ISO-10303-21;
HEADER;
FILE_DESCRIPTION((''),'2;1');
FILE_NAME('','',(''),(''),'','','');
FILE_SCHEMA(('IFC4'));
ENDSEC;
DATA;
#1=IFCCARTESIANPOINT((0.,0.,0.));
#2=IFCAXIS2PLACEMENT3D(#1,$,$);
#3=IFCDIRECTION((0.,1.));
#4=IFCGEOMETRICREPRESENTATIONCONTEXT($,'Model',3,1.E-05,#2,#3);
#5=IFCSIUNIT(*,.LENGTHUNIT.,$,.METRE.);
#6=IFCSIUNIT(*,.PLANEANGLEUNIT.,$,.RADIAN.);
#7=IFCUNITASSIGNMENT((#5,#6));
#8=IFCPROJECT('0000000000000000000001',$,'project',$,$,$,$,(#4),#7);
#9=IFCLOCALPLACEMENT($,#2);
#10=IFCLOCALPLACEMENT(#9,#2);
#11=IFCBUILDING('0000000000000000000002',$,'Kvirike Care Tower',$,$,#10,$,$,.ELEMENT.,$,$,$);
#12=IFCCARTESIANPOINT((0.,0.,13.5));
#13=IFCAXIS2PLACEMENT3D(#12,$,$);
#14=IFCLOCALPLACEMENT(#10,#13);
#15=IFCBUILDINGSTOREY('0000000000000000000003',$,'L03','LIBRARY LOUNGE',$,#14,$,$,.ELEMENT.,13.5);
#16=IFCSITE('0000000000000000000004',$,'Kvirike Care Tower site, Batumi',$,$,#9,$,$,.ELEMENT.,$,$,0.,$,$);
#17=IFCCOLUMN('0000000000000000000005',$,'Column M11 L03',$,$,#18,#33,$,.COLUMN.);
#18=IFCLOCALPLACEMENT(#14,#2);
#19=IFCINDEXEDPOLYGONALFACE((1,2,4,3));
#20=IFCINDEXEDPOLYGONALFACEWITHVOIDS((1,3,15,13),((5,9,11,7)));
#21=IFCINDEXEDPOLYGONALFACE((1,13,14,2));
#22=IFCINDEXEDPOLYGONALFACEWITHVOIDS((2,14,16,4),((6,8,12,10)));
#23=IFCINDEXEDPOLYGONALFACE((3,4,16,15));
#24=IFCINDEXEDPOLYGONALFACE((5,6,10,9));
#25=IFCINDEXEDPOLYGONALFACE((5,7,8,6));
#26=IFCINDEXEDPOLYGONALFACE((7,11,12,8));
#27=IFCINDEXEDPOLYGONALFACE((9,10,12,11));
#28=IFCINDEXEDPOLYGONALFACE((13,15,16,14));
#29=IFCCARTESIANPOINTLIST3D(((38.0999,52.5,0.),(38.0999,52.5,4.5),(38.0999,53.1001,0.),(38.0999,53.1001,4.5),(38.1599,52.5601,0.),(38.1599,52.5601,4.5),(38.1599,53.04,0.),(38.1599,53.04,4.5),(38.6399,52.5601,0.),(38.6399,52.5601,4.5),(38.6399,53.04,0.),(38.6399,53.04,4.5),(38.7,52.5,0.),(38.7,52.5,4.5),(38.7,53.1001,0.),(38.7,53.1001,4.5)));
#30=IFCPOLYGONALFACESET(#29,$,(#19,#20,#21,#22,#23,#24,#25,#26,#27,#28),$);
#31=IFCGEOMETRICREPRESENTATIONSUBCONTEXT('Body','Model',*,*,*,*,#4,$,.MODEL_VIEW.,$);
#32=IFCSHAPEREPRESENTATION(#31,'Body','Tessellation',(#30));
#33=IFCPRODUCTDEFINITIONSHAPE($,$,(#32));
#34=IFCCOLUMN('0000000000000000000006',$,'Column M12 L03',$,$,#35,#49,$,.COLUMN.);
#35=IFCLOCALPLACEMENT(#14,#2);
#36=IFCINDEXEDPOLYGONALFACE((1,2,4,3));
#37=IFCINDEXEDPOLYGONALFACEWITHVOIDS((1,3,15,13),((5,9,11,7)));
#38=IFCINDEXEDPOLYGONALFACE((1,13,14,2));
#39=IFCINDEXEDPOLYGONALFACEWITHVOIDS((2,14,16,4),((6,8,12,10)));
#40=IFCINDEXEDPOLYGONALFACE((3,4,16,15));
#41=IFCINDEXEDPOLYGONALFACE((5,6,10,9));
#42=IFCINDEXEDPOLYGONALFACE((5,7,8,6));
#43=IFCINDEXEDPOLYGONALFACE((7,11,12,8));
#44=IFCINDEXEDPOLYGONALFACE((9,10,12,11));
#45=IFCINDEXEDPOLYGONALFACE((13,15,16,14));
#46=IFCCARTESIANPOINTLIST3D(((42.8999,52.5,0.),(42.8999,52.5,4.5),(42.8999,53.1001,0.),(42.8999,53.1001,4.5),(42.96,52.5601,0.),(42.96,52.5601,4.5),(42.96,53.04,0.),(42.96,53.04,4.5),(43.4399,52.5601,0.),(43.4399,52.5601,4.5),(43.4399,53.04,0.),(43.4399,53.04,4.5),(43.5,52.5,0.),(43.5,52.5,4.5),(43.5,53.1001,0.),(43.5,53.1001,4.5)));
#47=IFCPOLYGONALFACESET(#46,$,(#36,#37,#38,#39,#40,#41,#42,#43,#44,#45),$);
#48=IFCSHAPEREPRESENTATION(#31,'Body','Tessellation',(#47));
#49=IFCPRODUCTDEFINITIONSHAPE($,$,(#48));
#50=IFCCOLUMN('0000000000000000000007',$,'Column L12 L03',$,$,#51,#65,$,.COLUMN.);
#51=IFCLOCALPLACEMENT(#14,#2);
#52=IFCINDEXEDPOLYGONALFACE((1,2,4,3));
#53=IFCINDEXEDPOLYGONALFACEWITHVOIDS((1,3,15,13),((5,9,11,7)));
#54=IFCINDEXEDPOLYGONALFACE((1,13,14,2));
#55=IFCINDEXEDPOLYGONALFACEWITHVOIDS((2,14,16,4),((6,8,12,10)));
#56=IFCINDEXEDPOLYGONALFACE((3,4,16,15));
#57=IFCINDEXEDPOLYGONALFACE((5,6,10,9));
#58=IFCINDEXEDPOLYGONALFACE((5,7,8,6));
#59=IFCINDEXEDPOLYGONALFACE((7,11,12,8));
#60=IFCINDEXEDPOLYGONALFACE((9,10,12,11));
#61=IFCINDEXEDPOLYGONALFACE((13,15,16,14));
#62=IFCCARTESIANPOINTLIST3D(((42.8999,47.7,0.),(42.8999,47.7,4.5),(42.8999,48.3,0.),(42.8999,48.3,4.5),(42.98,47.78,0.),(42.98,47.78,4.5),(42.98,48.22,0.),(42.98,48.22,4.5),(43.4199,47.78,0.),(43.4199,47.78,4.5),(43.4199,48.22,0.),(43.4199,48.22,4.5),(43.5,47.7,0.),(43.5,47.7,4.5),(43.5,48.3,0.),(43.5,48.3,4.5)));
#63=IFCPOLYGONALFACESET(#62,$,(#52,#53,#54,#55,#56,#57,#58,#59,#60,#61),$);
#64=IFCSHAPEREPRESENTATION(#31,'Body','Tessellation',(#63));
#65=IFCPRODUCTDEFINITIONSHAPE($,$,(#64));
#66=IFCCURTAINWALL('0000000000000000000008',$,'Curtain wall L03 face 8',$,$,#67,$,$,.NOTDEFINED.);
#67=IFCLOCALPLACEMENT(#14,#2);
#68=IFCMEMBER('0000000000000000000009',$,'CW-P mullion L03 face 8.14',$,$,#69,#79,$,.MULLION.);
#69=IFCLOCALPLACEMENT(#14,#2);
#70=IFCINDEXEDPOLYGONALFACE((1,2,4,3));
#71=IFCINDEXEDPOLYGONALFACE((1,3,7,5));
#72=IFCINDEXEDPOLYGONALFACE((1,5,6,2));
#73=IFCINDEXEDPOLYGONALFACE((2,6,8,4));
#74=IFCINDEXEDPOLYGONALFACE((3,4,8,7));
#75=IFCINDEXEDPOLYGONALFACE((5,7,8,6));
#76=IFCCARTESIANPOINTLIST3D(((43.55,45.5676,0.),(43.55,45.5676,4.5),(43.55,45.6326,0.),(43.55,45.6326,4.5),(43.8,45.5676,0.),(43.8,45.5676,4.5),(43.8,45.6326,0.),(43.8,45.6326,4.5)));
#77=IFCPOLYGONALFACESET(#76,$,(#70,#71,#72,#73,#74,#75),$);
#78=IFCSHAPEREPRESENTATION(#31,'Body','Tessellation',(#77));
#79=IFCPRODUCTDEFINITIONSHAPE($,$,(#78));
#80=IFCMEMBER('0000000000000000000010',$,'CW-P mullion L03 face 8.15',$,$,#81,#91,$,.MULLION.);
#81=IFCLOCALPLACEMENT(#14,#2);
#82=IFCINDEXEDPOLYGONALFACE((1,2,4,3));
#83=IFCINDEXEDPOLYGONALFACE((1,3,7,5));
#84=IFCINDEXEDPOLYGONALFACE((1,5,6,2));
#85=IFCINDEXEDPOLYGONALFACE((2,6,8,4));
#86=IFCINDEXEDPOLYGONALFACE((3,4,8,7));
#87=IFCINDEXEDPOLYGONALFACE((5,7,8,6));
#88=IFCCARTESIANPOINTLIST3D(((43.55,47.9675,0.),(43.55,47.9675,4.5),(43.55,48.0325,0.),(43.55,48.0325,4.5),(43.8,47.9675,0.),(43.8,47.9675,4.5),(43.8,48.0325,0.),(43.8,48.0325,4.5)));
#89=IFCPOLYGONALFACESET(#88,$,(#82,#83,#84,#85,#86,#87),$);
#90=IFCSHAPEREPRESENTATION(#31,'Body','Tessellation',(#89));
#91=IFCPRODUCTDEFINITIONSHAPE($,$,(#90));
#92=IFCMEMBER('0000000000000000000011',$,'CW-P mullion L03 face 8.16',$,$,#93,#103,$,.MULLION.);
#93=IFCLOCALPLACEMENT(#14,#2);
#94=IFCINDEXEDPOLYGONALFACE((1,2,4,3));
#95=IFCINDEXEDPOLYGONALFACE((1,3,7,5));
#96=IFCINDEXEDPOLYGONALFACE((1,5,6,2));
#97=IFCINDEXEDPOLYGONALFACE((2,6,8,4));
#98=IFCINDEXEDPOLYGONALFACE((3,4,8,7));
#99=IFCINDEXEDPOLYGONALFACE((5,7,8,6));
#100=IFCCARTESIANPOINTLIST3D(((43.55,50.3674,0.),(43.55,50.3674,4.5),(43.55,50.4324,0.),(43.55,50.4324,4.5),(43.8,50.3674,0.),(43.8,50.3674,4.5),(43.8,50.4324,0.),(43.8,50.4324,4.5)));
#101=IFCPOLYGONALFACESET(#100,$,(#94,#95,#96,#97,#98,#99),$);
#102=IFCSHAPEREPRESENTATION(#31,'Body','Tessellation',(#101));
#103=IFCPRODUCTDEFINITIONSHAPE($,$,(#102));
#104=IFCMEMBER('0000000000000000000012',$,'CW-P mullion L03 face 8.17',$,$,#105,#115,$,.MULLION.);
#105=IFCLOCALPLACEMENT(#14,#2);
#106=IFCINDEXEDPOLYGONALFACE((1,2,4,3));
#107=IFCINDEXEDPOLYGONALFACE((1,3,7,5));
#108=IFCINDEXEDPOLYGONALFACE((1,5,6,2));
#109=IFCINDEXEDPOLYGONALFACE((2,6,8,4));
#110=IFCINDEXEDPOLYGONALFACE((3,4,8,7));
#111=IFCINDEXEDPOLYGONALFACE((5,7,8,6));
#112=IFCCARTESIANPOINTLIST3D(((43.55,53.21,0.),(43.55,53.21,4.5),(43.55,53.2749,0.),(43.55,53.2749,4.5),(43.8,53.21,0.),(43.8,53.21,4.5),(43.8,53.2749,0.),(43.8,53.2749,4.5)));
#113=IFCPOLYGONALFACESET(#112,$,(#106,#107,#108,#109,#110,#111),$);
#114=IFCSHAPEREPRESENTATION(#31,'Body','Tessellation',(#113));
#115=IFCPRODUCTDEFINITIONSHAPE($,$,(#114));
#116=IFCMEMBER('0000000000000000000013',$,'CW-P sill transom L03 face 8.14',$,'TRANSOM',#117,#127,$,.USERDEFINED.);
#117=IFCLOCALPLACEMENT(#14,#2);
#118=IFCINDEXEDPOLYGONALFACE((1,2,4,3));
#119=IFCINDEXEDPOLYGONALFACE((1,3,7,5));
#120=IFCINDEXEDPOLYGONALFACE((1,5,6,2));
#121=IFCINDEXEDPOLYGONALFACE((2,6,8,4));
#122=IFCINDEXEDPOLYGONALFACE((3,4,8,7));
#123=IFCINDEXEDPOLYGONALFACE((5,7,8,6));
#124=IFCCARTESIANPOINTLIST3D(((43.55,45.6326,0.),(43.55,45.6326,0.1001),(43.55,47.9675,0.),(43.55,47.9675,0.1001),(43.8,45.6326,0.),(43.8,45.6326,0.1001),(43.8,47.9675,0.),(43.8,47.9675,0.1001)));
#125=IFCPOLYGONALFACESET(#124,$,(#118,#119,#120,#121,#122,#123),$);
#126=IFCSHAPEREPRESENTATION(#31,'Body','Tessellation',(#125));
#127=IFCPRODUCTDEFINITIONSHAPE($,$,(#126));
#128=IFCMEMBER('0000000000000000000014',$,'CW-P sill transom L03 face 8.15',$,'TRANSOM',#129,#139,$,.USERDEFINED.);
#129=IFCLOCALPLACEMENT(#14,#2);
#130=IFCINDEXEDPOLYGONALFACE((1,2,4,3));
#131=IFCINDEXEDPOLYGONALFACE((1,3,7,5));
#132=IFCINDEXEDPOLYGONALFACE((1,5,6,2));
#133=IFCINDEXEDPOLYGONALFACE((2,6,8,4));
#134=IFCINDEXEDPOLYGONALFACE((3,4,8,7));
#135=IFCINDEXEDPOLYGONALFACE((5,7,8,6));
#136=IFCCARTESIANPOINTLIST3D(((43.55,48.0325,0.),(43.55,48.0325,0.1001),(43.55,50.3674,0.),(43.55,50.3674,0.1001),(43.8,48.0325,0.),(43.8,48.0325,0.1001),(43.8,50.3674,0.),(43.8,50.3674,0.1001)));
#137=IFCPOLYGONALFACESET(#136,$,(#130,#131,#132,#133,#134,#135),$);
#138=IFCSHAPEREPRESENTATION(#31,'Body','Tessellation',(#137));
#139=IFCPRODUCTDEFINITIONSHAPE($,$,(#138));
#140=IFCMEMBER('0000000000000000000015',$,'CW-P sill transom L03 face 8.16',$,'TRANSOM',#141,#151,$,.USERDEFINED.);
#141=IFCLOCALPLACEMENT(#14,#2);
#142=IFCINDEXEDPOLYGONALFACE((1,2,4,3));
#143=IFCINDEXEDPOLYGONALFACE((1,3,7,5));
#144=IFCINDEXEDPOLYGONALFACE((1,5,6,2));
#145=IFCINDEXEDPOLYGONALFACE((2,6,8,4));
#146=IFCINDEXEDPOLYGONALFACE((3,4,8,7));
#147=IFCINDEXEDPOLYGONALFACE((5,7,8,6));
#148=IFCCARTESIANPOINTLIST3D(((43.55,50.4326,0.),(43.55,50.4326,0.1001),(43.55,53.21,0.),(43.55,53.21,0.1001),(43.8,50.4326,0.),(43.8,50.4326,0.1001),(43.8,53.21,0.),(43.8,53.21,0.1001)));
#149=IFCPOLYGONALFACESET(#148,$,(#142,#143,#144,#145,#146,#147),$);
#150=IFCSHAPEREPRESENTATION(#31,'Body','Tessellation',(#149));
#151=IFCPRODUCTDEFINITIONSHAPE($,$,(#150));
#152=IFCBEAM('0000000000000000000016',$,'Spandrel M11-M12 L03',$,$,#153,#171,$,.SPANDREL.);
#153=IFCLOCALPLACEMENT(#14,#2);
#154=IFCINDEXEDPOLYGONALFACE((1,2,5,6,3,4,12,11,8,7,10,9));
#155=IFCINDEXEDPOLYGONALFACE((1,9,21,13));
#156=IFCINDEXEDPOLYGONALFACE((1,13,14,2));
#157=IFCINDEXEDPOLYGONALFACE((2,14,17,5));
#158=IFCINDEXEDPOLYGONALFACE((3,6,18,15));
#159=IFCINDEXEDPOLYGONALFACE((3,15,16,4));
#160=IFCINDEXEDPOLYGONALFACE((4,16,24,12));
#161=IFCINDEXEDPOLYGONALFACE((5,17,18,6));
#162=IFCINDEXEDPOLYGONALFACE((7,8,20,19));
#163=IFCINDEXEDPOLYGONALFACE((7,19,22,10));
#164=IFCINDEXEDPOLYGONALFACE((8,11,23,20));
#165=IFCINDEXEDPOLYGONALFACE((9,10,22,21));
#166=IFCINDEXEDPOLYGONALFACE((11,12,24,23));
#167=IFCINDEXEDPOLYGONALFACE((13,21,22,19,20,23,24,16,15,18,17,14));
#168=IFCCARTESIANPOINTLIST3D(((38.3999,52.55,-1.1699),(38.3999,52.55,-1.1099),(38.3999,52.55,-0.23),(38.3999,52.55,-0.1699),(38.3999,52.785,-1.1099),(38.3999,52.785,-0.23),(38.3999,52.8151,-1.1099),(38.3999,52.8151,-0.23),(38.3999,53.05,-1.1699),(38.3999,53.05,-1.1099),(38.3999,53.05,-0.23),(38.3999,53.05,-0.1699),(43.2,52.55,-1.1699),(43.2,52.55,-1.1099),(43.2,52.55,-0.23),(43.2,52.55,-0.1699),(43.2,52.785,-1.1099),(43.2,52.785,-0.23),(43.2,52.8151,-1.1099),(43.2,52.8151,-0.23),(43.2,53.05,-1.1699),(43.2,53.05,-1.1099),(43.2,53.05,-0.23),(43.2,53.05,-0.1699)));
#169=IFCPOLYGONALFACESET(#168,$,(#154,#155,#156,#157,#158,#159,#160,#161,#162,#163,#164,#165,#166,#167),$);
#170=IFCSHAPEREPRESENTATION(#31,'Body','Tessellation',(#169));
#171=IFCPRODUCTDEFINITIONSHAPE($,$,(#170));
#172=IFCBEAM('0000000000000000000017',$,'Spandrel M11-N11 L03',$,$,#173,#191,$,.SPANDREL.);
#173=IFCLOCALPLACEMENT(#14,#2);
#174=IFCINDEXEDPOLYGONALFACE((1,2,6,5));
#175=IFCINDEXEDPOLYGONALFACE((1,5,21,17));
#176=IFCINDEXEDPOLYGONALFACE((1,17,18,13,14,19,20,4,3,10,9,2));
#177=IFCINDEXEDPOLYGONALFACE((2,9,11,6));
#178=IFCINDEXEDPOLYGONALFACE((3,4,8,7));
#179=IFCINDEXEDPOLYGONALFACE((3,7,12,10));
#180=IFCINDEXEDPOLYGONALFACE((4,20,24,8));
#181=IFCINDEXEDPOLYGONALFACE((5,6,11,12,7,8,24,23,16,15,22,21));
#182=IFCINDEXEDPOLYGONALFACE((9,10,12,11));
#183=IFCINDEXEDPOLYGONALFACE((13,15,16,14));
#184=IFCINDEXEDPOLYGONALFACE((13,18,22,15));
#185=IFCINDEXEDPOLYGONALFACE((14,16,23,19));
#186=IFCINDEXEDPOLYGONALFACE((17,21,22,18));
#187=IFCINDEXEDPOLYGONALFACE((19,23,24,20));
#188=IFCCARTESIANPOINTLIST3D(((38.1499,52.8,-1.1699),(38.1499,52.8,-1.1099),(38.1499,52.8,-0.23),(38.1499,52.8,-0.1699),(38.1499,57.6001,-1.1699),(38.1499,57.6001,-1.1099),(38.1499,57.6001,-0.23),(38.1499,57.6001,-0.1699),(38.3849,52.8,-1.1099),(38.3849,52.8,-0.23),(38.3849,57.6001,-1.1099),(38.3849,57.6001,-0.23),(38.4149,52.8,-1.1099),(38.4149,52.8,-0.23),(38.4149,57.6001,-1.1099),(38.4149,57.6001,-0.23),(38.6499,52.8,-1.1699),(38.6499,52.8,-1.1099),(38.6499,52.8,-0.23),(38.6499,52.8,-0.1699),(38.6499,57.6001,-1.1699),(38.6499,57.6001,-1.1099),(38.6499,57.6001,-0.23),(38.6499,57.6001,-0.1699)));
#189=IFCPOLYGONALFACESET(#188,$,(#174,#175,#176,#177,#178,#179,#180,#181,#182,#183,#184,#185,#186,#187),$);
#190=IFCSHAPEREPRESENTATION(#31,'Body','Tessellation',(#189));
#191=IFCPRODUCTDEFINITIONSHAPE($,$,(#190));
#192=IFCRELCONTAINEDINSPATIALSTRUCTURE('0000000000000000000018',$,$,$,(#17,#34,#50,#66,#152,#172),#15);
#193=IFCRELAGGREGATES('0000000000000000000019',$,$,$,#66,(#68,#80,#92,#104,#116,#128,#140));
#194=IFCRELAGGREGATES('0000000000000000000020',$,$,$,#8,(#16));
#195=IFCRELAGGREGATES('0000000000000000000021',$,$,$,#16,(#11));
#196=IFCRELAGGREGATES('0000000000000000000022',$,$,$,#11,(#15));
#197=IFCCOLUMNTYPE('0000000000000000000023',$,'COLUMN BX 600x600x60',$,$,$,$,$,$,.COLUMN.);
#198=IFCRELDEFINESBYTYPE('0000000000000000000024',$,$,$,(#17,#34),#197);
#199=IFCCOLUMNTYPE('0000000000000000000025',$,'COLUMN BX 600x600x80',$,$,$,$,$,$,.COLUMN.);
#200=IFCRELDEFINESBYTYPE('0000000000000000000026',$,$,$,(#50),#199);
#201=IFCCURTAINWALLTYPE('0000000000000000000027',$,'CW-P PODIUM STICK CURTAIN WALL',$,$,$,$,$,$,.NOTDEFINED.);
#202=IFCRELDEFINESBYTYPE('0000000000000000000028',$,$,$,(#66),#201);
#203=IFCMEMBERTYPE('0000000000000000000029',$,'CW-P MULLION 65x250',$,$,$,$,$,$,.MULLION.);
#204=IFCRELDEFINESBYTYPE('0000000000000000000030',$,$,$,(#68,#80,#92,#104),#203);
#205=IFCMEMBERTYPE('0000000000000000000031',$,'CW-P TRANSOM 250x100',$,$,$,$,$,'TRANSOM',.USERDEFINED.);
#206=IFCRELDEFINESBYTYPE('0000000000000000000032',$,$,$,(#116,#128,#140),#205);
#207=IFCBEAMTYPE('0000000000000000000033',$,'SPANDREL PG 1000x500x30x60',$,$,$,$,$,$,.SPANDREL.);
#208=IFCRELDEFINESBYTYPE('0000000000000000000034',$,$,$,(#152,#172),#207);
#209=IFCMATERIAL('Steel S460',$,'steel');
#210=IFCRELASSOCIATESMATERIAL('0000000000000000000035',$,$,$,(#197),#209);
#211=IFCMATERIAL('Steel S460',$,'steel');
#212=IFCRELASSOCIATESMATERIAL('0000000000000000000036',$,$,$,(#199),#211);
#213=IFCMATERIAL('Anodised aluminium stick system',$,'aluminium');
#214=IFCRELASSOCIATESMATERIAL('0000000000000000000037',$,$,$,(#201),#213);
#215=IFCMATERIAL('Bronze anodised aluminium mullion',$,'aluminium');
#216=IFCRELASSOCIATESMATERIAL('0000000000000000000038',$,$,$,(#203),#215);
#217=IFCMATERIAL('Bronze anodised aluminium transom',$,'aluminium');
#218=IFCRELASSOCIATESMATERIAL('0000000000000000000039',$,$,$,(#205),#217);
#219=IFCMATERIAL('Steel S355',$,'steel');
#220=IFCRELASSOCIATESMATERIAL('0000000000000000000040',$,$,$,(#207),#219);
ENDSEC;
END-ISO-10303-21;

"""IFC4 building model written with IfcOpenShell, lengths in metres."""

from ifc_helpers import new_model, si_unit, direction, frame, origin, origin_2d, place, context, subcontext, project, spatial, rectangle, hollow_rectangle, i_section, extrude, material, material_profile, profile_set, type_object, element, aggregate, save


model = new_model("IFC4")

# Units and contexts
model_context = context("Model", 3, precision=1e-05, world=origin(), true_north=direction((0.0, 1.0)))
body_context = subcontext(model_context, "Body", "Model", "MODEL_VIEW")
ifc_project = project(units=[si_unit("LENGTHUNIT", "METRE"), si_unit("PLANEANGLEUNIT", "RADIAN")], contexts=[model_context])

# Site, building, storey
site_placement = place(None, origin())
site = spatial("IfcSite", under=ifc_project, at=site_placement, Name="Kvirike Care Tower site, Batumi", CompositionType="ELEMENT", RefElevation=0.0)
building_placement = place(site_placement, origin())
building = spatial("IfcBuilding", under=site, at=building_placement, Name="Kvirike Care Tower", CompositionType="ELEMENT")
storey_placement = place(building_placement, frame((0.0, 0.0, 13.5)))
storey = spatial("IfcBuildingStorey", under=building, at=storey_placement, Name="L03", Description="LIBRARY LOUNGE", CompositionType="ELEMENT", Elevation=13.5)

# Columns
ifc_material_1 = material(Name="Steel S460", Category="steel")
ifc_material_profile_1 = material_profile(ifc_material_1, hollow_rectangle(XDim=0.6001, YDim=0.6001, WallThickness=0.0601, at=origin_2d()), Name="BX 600x600x60")
ifc_profile_set_1 = profile_set([ifc_material_profile_1], Name="Steel S460")
column_type_1 = type_object("IfcColumnType", Name="COLUMN BX 600x600x60", PredefinedType="COLUMN", material=ifc_profile_set_1)
for number, where, z_axis, x_axis, name in (
    (1, (38.3999, 52.8, 0.0), (0.0, 0.0, 1.0), (0.0, 1.0, 0.0), "Column M11 L03"),
    (2, (43.2, 52.8, 0.0), (0.0, 0.0, 1.0), (0.0, 1.0, 0.0), "Column M12 L03"),
):
    element("IfcColumn", number, at=place(storey_placement, frame(where, z_axis=z_axis, x_axis=x_axis)), inside=storey, type_object=column_type_1, Name=name, PredefinedType="COLUMN", context=body_context, shape_type="SweptSolid", body=[
        extrude(hollow_rectangle(XDim=0.6001, YDim=0.6001, WallThickness=0.0601, at=origin_2d()), origin(), (0.0, 0.0, 1.0), 4.5),
    ])
ifc_material_2 = material(Name="Steel S460", Category="steel")
ifc_material_profile_2 = material_profile(ifc_material_2, hollow_rectangle(XDim=0.6001, YDim=0.6001, WallThickness=0.0801, at=origin_2d()), Name="BX 600x600x80")
ifc_profile_set_2 = profile_set([ifc_material_profile_2], Name="Steel S460")
column_type_2 = type_object("IfcColumnType", Name="COLUMN BX 600x600x80", PredefinedType="COLUMN", material=ifc_profile_set_2)
column_placement = place(storey_placement, frame((43.2, 48.0, 0.0), z_axis=(0.0, 0.0, 1.0), x_axis=(1.0, 0.0, 0.0)))
element("IfcColumn", 3, at=column_placement, inside=storey, type_object=column_type_2, Name="Column L12 L03", PredefinedType="COLUMN", context=body_context, shape_type="SweptSolid", body=[
    extrude(hollow_rectangle(XDim=0.6001, YDim=0.6001, WallThickness=0.0801, at=origin_2d()), origin(), (0.0, 0.0, 1.0), 4.5),
])

# Curtain wall, members
ifc_material_3 = material(Name="Anodised aluminium stick system", Category="aluminium")
curtain_wall_type = type_object("IfcCurtainWallType", Name="CW-P PODIUM STICK CURTAIN WALL", PredefinedType="NOTDEFINED", material=ifc_material_3)
curtain_wall_placement = place(storey_placement, origin())
curtain_wall = element("IfcCurtainWall", 4, at=curtain_wall_placement, inside=storey, type_object=curtain_wall_type, Name="Curtain wall L03 face 8", PredefinedType="NOTDEFINED")
ifc_material_4 = material(Name="Bronze anodised aluminium mullion", Category="aluminium")
ifc_material_profile_3 = material_profile(ifc_material_4, rectangle(XDim=0.0649, YDim=0.25, at=origin_2d()), Name="CW-P MULLION 65x250")
ifc_profile_set_3 = profile_set([ifc_material_profile_3], Name="Bronze anodised aluminium mullion")
member_type_1 = type_object("IfcMemberType", Name="CW-P MULLION 65x250", PredefinedType="MULLION", material=ifc_profile_set_3)
member_1_placement = place(storey_placement, frame((43.675, 45.6001, 0.0), z_axis=(0.0, 0.0, 1.0), x_axis=(0.0, 1.0, 0.0)))
member_1 = element("IfcMember", 5, at=member_1_placement, type_object=member_type_1, Name="CW-P mullion L03 face 8.14", PredefinedType="MULLION", context=body_context, shape_type="SweptSolid", body=[
    extrude(rectangle(XDim=0.0649, YDim=0.25, at=origin_2d()), origin(), (0.0, 0.0, 1.0), 4.5),
])
member_2_placement = place(storey_placement, frame((43.675, 48.0, 0.0), z_axis=(0.0, 0.0, 1.0), x_axis=(0.0, 1.0, 0.0)))
member_2 = element("IfcMember", 6, at=member_2_placement, type_object=member_type_1, Name="CW-P mullion L03 face 8.15", PredefinedType="MULLION", context=body_context, shape_type="SweptSolid", body=[
    extrude(rectangle(XDim=0.0649, YDim=0.25, at=origin_2d()), origin(), (0.0, 0.0, 1.0), 4.5),
])
member_3_placement = place(storey_placement, frame((43.675, 50.3999, 0.0), z_axis=(0.0, 0.0, 1.0), x_axis=(0.0, 1.0, 0.0)))
member_3 = element("IfcMember", 7, at=member_3_placement, type_object=member_type_1, Name="CW-P mullion L03 face 8.16", PredefinedType="MULLION", context=body_context, shape_type="SweptSolid", body=[
    extrude(rectangle(XDim=0.0649, YDim=0.25, at=origin_2d()), origin(), (0.0, 0.0, 1.0), 4.5),
])
member_4_placement = place(storey_placement, frame((43.675, 53.2424, 0.0), z_axis=(0.0, 0.0, 1.0), x_axis=(0.0, 1.0, 0.0)))
member_4 = element("IfcMember", 8, at=member_4_placement, type_object=member_type_1, Name="CW-P mullion L03 face 8.17", PredefinedType="MULLION", context=body_context, shape_type="SweptSolid", body=[
    extrude(rectangle(XDim=0.0649, YDim=0.25, at=origin_2d()), origin(), (0.0, 0.0, 1.0), 4.5),
])
ifc_material_5 = material(Name="Bronze anodised aluminium transom", Category="aluminium")
ifc_material_profile_4 = material_profile(ifc_material_5, rectangle(XDim=0.25, YDim=0.1001, at=origin_2d()), Name="CW-P TRANSOM 250x100")
ifc_profile_set_4 = profile_set([ifc_material_profile_4], Name="Bronze anodised aluminium transom")
member_type_2 = type_object("IfcMemberType", Name="CW-P TRANSOM 250x100", ElementType="TRANSOM", PredefinedType="USERDEFINED", material=ifc_profile_set_4)
member_5_placement = place(storey_placement, frame((43.675, 45.6326, 0.05), z_axis=(0.0, 1.0, 0.0), x_axis=(-1.0, 0.0, 0.0)))
member_5 = element("IfcMember", 9, at=member_5_placement, type_object=member_type_2, Name="CW-P sill transom L03 face 8.14", ObjectType="TRANSOM", PredefinedType="USERDEFINED", context=body_context, shape_type="SweptSolid", body=[
    extrude(rectangle(XDim=0.25, YDim=0.1001, at=origin_2d()), origin(), (0.0, 0.0, 1.0), 2.335),
])
member_6_placement = place(storey_placement, frame((43.675, 48.0325, 0.05), z_axis=(0.0, 1.0, 0.0), x_axis=(-1.0, 0.0, 0.0)))
member_6 = element("IfcMember", 10, at=member_6_placement, type_object=member_type_2, Name="CW-P sill transom L03 face 8.15", ObjectType="TRANSOM", PredefinedType="USERDEFINED", context=body_context, shape_type="SweptSolid", body=[
    extrude(rectangle(XDim=0.25, YDim=0.1001, at=origin_2d()), origin(), (0.0, 0.0, 1.0), 2.335),
])
member_7_placement = place(storey_placement, frame((43.675, 50.4326, 0.05), z_axis=(0.0, 1.0, 0.0), x_axis=(-1.0, 0.0, 0.0)))
member_7 = element("IfcMember", 11, at=member_7_placement, type_object=member_type_2, Name="CW-P sill transom L03 face 8.16", ObjectType="TRANSOM", PredefinedType="USERDEFINED", context=body_context, shape_type="SweptSolid", body=[
    extrude(rectangle(XDim=0.25, YDim=0.1001, at=origin_2d()), origin(), (0.0, 0.0, 1.0), 2.7773),
])

# Beams
ifc_material_6 = material(Name="Steel S355", Category="steel")
ifc_material_profile_5 = material_profile(ifc_material_6, i_section(OverallWidth=0.5, OverallDepth=1.0, WebThickness=0.03, FlangeThickness=0.0601, at=origin_2d()), Name="PG 1000x500x30x60")
ifc_profile_set_5 = profile_set([ifc_material_profile_5], Name="Steel S355")
beam_type = type_object("IfcBeamType", Name="SPANDREL PG 1000x500x30x60", PredefinedType="SPANDREL", material=ifc_profile_set_5)
for number, where, z_axis, x_axis, name in (
    (12, (38.3999, 52.8, -0.6699), (1.0, 0.0, 0.0), (0.0, 1.0, 0.0), "Spandrel M11-M12 L03"),
    (13, (38.3999, 52.8, -0.6699), (0.0, 1.0, 0.0), (-1.0, 0.0, 0.0), "Spandrel M11-N11 L03"),
):
    element("IfcBeam", number, at=place(storey_placement, frame(where, z_axis=z_axis, x_axis=x_axis)), inside=storey, type_object=beam_type, Name=name, PredefinedType="SPANDREL", context=body_context, shape_type="SweptSolid", body=[
        extrude(i_section(OverallWidth=0.5, OverallDepth=1.0, WebThickness=0.03, FlangeThickness=0.0601, at=origin_2d()), origin(), (0.0, 0.0, 1.0), 4.8),
    ])

aggregate(curtain_wall, [member_1, member_2, member_3, member_4, member_5, member_6, member_7])

save(model, "model.ifc")
